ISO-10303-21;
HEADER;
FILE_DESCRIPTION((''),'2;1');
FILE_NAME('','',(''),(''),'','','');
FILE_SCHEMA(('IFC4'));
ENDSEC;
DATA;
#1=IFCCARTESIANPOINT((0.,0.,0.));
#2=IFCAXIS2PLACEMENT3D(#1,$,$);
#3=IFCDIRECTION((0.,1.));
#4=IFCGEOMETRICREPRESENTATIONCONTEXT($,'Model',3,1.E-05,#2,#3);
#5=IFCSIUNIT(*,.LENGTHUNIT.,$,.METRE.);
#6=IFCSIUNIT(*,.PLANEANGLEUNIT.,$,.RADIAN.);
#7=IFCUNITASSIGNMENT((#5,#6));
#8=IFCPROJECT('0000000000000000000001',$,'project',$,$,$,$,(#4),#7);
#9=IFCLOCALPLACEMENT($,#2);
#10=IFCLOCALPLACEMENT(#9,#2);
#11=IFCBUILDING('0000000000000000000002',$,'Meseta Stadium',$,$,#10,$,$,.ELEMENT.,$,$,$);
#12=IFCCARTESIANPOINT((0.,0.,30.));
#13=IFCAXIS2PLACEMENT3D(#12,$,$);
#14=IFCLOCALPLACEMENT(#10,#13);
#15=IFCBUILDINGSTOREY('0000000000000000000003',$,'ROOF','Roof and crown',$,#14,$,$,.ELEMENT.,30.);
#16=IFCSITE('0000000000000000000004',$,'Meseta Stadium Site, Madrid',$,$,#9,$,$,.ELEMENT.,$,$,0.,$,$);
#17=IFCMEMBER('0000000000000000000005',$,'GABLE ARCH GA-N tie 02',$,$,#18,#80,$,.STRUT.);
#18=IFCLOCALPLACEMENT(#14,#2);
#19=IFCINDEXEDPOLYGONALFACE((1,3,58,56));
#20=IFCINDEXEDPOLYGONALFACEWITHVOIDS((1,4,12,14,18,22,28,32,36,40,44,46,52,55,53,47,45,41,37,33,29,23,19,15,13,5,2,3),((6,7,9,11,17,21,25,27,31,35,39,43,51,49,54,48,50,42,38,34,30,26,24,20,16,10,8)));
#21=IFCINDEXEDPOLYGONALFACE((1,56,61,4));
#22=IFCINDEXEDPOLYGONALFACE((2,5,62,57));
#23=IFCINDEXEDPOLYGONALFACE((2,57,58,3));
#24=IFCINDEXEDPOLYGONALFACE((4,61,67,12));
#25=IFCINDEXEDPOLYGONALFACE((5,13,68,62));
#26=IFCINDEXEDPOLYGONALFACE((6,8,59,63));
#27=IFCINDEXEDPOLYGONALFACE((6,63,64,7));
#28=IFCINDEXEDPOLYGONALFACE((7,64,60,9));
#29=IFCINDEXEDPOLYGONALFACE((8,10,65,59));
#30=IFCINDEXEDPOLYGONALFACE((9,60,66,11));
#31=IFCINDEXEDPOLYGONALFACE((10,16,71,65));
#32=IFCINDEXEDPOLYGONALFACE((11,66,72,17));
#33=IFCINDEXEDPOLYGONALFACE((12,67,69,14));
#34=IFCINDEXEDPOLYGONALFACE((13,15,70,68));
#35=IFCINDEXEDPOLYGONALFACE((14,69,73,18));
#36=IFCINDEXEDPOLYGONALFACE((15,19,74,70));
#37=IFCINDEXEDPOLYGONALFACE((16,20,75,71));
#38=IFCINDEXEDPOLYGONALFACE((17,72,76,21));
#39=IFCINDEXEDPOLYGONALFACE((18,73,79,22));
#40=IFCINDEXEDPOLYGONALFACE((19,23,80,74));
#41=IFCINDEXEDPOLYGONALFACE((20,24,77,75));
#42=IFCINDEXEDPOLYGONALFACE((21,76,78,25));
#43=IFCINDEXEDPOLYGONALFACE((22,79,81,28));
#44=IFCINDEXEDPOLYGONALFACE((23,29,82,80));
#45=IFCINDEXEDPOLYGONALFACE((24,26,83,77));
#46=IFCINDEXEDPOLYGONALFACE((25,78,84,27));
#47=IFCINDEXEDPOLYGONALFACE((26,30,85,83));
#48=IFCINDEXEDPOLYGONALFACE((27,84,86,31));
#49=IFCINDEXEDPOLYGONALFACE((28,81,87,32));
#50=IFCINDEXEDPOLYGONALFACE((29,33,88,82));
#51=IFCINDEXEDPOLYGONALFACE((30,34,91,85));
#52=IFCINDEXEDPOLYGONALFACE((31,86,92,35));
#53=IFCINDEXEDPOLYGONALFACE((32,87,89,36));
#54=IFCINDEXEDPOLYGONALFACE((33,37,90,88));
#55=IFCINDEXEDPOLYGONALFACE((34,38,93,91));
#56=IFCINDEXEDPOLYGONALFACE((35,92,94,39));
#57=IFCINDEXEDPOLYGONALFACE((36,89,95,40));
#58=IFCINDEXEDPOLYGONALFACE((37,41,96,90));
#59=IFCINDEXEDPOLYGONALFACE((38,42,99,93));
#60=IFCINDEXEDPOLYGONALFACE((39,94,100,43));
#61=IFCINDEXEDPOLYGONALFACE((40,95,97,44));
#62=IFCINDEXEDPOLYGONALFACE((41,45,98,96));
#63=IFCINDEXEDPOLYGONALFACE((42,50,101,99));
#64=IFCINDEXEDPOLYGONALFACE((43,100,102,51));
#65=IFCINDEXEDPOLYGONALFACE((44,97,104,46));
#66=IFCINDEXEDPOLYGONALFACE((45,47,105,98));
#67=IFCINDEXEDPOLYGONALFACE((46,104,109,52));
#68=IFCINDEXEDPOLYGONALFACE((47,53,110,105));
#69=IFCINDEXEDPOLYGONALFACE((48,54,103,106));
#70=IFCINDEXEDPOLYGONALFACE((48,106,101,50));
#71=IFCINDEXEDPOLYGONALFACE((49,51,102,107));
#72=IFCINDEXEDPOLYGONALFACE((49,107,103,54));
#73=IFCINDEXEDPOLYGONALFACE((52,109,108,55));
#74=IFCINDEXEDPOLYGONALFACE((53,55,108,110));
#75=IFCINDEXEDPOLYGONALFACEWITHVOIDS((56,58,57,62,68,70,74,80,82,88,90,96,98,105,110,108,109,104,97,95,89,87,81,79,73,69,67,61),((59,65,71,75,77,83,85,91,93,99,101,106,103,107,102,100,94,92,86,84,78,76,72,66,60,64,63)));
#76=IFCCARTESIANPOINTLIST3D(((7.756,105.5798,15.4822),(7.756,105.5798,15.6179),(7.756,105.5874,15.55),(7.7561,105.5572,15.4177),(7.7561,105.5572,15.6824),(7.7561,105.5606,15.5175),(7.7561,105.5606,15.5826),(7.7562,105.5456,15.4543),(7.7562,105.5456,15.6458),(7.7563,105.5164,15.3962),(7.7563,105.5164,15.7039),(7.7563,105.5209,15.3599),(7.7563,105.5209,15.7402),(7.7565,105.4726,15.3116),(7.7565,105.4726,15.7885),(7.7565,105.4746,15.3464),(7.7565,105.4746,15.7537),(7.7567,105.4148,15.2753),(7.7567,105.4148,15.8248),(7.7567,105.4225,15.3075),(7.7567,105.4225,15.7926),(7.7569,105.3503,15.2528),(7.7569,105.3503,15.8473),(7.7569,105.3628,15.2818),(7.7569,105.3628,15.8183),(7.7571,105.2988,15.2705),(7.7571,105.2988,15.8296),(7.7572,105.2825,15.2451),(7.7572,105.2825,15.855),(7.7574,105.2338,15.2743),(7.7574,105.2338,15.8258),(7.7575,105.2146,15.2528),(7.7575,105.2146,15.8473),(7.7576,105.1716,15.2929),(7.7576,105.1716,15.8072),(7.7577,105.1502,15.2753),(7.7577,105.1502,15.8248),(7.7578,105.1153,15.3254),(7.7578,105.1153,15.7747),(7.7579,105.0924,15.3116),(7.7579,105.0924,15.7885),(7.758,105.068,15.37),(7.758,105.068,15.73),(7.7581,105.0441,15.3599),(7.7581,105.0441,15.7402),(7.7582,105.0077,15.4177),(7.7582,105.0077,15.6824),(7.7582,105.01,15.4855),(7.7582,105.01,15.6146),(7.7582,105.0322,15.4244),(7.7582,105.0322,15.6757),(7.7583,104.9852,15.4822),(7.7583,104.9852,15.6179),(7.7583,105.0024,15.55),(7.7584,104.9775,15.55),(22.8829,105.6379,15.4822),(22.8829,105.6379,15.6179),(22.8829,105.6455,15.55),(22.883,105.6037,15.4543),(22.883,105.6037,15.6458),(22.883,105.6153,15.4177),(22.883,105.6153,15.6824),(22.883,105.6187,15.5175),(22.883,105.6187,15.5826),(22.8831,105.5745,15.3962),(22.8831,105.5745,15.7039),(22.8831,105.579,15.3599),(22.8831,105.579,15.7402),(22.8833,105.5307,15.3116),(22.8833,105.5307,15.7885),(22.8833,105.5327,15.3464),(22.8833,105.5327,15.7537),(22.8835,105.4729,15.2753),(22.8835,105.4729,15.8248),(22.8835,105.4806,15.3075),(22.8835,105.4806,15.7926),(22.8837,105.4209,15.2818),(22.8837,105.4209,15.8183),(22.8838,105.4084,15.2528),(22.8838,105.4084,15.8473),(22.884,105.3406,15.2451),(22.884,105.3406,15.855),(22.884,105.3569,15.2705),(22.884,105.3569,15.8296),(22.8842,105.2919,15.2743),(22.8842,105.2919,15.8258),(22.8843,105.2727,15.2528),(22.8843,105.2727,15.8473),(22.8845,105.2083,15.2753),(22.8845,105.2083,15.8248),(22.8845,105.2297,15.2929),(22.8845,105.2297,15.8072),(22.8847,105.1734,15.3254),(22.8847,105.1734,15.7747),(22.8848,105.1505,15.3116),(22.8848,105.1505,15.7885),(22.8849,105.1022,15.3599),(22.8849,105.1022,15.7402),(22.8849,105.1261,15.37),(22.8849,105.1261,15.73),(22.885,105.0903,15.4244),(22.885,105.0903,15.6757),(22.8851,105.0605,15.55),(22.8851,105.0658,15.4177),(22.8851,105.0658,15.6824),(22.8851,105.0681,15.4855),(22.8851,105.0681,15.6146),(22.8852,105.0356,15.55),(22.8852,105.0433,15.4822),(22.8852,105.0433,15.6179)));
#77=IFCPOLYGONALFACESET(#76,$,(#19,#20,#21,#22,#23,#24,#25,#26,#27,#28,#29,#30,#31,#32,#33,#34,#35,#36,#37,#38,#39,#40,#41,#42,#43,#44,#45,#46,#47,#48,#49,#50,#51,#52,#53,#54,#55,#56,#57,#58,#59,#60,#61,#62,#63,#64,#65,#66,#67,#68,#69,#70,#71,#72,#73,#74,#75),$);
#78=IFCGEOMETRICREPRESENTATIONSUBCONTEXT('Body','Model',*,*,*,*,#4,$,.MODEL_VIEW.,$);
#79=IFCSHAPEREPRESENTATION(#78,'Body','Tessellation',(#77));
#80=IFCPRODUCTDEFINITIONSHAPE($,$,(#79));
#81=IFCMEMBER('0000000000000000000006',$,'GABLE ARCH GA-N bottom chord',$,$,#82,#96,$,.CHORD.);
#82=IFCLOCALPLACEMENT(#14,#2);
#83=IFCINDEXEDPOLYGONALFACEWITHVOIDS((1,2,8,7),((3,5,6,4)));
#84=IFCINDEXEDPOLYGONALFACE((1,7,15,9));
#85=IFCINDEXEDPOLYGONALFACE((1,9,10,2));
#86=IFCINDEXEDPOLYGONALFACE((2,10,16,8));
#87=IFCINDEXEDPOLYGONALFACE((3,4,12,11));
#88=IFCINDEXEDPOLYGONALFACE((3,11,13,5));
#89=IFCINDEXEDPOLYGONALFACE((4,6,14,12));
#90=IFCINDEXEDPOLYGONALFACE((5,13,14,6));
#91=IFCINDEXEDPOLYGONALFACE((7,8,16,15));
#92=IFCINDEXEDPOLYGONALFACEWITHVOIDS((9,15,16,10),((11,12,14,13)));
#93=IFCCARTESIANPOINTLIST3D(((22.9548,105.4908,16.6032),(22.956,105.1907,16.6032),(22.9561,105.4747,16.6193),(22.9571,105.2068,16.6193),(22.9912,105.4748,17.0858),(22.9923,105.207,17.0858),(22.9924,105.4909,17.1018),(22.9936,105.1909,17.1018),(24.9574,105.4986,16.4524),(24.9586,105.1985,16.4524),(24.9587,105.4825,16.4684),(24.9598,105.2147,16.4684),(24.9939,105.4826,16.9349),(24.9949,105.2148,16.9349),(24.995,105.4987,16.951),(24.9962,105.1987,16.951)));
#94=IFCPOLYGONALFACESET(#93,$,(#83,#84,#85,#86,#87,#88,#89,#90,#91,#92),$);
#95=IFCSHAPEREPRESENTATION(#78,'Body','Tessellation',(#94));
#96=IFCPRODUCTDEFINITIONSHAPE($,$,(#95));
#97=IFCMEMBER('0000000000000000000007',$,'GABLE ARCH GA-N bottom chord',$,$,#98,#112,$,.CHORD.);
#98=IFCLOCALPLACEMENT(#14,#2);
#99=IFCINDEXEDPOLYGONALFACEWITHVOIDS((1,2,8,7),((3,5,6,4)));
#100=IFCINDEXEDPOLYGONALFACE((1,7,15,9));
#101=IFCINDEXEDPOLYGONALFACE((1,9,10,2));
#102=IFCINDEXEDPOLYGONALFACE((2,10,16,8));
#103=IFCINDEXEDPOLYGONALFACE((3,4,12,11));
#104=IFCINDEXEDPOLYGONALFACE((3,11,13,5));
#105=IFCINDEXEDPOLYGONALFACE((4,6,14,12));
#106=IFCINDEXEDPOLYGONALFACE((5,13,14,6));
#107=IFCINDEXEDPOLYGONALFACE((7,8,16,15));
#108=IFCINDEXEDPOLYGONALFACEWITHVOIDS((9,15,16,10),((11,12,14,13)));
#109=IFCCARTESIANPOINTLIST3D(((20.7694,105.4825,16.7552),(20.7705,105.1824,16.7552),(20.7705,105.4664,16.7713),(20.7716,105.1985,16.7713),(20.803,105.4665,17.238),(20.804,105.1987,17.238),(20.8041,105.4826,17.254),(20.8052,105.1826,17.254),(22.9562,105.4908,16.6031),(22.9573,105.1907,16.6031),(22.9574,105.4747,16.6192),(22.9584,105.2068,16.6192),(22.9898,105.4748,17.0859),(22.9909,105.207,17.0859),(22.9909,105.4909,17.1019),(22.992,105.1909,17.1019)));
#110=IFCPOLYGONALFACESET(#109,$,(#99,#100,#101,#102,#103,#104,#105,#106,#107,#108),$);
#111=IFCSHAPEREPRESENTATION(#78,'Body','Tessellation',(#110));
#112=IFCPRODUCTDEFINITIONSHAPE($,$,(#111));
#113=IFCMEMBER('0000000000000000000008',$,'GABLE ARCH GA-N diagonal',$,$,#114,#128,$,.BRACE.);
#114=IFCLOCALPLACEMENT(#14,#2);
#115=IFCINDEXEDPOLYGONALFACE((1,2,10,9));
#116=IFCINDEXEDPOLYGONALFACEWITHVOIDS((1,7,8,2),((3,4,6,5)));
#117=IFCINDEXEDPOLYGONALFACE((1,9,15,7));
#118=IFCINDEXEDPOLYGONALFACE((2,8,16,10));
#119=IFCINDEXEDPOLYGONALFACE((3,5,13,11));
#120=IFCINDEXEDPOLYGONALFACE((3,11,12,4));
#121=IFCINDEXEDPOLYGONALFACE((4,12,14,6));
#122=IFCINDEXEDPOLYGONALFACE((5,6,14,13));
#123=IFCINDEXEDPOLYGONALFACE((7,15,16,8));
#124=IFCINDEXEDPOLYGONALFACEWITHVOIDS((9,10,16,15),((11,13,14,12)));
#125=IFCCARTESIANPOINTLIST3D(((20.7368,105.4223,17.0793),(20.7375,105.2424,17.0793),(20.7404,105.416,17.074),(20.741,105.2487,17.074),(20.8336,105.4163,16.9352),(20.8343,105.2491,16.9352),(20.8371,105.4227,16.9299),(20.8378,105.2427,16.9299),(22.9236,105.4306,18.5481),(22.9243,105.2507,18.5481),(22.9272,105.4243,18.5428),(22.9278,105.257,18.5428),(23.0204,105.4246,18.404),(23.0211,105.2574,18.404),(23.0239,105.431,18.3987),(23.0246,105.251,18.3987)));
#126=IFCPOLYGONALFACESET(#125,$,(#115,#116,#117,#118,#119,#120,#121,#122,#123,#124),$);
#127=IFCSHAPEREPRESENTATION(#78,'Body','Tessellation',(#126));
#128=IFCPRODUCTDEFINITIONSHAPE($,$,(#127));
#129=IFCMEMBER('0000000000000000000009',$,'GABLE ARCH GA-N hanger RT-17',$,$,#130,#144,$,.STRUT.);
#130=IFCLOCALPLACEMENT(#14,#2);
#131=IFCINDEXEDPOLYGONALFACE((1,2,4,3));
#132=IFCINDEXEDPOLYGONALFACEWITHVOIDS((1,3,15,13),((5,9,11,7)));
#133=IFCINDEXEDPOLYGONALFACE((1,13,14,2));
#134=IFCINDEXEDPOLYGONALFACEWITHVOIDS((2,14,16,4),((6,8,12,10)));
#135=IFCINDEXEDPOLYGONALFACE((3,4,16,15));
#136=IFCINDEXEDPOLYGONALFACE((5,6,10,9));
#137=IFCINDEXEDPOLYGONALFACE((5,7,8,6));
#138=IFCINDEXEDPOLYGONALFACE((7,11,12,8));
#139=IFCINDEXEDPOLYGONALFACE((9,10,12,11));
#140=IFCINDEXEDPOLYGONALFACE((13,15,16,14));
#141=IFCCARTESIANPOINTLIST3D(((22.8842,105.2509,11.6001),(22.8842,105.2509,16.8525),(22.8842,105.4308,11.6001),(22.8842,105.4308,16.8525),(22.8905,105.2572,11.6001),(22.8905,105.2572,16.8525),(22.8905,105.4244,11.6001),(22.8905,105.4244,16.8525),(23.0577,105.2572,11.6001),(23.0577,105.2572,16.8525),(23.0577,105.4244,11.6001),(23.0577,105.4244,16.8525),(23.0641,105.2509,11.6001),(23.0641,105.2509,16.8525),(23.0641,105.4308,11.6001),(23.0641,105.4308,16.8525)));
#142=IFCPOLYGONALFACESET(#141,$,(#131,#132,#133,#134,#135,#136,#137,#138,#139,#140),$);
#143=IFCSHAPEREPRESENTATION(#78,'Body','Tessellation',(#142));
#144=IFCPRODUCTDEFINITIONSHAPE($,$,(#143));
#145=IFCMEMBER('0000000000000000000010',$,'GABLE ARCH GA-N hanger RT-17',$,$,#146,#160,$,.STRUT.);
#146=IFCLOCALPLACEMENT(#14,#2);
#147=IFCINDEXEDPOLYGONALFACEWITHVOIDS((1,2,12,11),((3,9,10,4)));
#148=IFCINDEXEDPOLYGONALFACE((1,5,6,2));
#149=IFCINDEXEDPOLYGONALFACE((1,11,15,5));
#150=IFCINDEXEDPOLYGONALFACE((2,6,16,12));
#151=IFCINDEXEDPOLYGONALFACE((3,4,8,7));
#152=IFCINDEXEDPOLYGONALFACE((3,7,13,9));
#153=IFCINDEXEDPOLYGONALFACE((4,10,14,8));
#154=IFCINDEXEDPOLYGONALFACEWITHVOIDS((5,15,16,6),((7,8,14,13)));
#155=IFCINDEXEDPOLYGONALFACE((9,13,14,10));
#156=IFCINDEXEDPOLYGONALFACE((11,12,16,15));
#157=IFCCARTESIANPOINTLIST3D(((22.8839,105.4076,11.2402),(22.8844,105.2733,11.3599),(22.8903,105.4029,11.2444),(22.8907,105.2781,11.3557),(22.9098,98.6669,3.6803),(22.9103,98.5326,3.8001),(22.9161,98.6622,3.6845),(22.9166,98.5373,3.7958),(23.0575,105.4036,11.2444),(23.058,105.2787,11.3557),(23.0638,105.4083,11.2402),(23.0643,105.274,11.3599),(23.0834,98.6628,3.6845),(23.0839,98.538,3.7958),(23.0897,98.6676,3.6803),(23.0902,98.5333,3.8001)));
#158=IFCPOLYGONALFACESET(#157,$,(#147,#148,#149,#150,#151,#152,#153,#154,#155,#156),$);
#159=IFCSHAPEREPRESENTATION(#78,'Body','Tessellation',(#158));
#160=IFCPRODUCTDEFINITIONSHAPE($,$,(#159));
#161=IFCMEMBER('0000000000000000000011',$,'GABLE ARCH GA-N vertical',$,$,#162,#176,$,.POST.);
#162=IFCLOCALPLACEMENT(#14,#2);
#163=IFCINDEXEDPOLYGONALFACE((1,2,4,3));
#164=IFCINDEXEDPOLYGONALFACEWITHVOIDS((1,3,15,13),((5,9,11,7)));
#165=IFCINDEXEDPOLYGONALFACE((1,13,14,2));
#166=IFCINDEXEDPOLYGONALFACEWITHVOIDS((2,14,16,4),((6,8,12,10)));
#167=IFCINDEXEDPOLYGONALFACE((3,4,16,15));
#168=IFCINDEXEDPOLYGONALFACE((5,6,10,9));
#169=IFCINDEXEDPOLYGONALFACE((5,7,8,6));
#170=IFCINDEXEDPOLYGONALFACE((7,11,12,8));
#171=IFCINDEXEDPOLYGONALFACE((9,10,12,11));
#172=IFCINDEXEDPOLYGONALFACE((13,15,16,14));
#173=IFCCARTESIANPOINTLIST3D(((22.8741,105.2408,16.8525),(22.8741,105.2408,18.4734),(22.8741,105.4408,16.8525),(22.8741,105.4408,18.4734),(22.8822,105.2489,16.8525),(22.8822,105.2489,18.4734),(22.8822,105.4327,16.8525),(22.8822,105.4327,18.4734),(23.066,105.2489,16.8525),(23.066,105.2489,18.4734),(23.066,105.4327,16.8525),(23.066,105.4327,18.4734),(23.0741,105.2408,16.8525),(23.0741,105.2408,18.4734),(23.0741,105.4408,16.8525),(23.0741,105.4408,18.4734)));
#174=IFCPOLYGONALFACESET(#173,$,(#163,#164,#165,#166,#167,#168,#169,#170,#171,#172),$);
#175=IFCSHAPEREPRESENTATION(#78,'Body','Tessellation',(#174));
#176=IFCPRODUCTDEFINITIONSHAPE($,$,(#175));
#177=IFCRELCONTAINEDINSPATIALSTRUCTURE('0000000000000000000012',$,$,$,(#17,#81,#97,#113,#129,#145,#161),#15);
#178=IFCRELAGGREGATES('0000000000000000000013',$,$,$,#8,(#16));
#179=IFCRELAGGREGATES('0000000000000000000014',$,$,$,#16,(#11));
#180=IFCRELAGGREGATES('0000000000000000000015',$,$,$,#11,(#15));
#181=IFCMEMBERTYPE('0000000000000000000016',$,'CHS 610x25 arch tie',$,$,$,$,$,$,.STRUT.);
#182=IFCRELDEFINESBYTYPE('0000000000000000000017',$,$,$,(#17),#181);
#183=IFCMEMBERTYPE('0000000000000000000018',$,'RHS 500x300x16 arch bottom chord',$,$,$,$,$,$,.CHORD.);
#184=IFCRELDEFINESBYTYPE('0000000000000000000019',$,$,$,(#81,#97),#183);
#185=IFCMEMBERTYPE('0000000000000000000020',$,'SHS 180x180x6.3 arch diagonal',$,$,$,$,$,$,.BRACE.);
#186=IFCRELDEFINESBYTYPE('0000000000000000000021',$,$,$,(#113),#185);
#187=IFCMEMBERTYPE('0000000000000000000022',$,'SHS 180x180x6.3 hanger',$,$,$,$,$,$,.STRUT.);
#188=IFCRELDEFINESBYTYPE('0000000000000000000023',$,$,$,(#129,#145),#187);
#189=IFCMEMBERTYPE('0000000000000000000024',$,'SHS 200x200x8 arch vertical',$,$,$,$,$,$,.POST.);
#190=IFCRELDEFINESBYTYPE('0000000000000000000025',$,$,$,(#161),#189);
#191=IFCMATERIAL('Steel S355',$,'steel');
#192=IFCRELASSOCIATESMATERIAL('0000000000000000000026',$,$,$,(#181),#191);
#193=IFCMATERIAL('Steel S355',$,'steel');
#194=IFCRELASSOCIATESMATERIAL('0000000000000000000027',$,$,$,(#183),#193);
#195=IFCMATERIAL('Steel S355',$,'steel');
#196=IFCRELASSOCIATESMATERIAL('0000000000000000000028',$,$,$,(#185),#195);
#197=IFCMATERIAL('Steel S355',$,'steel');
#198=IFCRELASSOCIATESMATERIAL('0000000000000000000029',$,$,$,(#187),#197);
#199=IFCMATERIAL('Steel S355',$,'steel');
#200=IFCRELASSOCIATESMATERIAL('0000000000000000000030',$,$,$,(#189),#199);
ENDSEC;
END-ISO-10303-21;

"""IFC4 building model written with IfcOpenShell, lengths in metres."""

from ifc_helpers import new_model, si_unit, direction, frame, origin, origin_2d, place, context, subcontext, project, spatial, hollow_rectangle, hollow_circle, extrude, material, material_profile, profile_set, type_object, element, save


model = new_model("IFC4")

# Units and contexts
model_context = context("Model", 3, precision=1e-05, world=origin(), true_north=direction((0.0, 1.0)))
body_context = subcontext(model_context, "Body", "Model", "MODEL_VIEW")
ifc_project = project(units=[si_unit("LENGTHUNIT", "METRE"), si_unit("PLANEANGLEUNIT", "RADIAN")], contexts=[model_context])

# Site, building, storey
site_placement = place(None, origin())
site = spatial("IfcSite", under=ifc_project, at=site_placement, Name="Meseta Stadium Site, Madrid", CompositionType="ELEMENT", RefElevation=0.0)
building_placement = place(site_placement, origin())
building = spatial("IfcBuilding", under=site, at=building_placement, Name="Meseta Stadium", CompositionType="ELEMENT")
storey_placement = place(building_placement, frame((0.0, 0.0, 30.0)))
storey = spatial("IfcBuildingStorey", under=building, at=storey_placement, Name="ROOF", Description="Roof and crown", CompositionType="ELEMENT", Elevation=30.0)

# Members
ifc_material_1 = material(Name="Steel S355", Category="steel")
ifc_material_profile_1 = material_profile(ifc_material_1, hollow_circle(Radius=0.3049, WallThickness=0.0249, at=origin_2d()), Name="CHS 610x25")
ifc_profile_set_1 = profile_set([ifc_material_profile_1], Name="Steel S355")
member_type_1 = type_object("IfcMemberType", Name="CHS 610x25 arch tie", PredefinedType="STRUT", material=ifc_profile_set_1)
member_1_placement = place(storey_placement, frame((22.884, 105.3406, 15.55), z_axis=(-0.999993, -0.003841, 0.0), x_axis=(0.003841, -0.999993, 0.0)))
element("IfcMember", 1, at=member_1_placement, inside=storey, type_object=member_type_1, Name="GABLE ARCH GA-N tie 02", PredefinedType="STRUT", context=body_context, shape_type="SweptSolid", body=[
    extrude(hollow_circle(Radius=0.3049, WallThickness=0.0249, at=origin_2d()), origin(), (0.0, 0.0, 1.0), 15.127),
])
ifc_material_2 = material(Name="Steel S355", Category="steel")
ifc_material_profile_2 = material_profile(ifc_material_2, hollow_rectangle(XDim=0.3, YDim=0.5, WallThickness=0.0161, at=origin_2d()), Name="RHS 500x300x16")
ifc_profile_set_2 = profile_set([ifc_material_profile_2], Name="Steel S355")
member_type_2 = type_object("IfcMemberType", Name="RHS 500x300x16 arch bottom chord", PredefinedType="CHORD", material=ifc_profile_set_2)
member_2_placement = place(storey_placement, frame((24.9768, 105.3486, 16.7017), z_axis=(-0.997167, -0.00389, 0.075125), x_axis=(0.003901, -0.999992, 0.0)))
element("IfcMember", 2, at=member_2_placement, inside=storey, type_object=member_type_2, Name="GABLE ARCH GA-N bottom chord", PredefinedType="CHORD", context=body_context, shape_type="SweptSolid", body=[
    extrude(hollow_rectangle(XDim=0.3, YDim=0.5, WallThickness=0.0161, at=origin_2d()), origin(), (0.0, 0.0, 1.0), 2.0083),
])
member_3_placement = place(storey_placement, frame((22.9741, 105.3408, 16.8525), z_axis=(-0.997583, -0.003787, 0.069386), x_axis=(0.003796, -0.999993, 0.0)))
element("IfcMember", 3, at=member_3_placement, inside=storey, type_object=member_type_2, Name="GABLE ARCH GA-N bottom chord", PredefinedType="CHORD", context=body_context, shape_type="SweptSolid", body=[
    extrude(hollow_rectangle(XDim=0.3, YDim=0.5, WallThickness=0.0161, at=origin_2d()), origin(), (0.0, 0.0, 1.0), 2.1921),
])
ifc_material_3 = material(Name="Steel S355", Category="steel")
ifc_material_profile_3 = material_profile(ifc_material_3, hollow_rectangle(XDim=0.1799, YDim=0.1799, WallThickness=0.0063, at=origin_2d()), Name="SHS 180x180x6.3")
ifc_profile_set_3 = profile_set([ifc_material_profile_3], Name="Steel S355")
member_type_3 = type_object("IfcMemberType", Name="SHS 180x180x6.3 arch diagonal", PredefinedType="BRACE", material=ifc_profile_set_3)
member_4_placement = place(storey_placement, frame((22.9741, 105.3408, 18.4734), z_axis=(-0.830131, -0.003151, -0.55756), x_axis=(0.003796, -0.999993, 0.0)))
element("IfcMember", 4, at=member_4_placement, inside=storey, type_object=member_type_3, Name="GABLE ARCH GA-N diagonal", PredefinedType="BRACE", context=body_context, shape_type="SweptSolid", body=[
    extrude(hollow_rectangle(XDim=0.1799, YDim=0.1799, WallThickness=0.0063, at=origin_2d()), origin(), (0.0, 0.0, 1.0), 2.6343),
])
ifc_material_4 = material(Name="Steel S355", Category="steel")
ifc_material_profile_4 = material_profile(ifc_material_4, hollow_rectangle(XDim=0.1799, YDim=0.1799, WallThickness=0.0063, at=origin_2d()), Name="SHS 180x180x6.3")
ifc_profile_set_4 = profile_set([ifc_material_profile_4], Name="Steel S355")
member_type_4 = type_object("IfcMemberType", Name="SHS 180x180x6.3 hanger", PredefinedType="STRUT", material=ifc_profile_set_4)
member_5_placement = place(storey_placement, frame((22.9741, 105.3408, 16.8525), z_axis=(0.0, 0.0, -1.0), x_axis=(1.0, 0.0, 0.0)))
element("IfcMember", 5, at=member_5_placement, inside=storey, type_object=member_type_4, Name="GABLE ARCH GA-N hanger RT-17", PredefinedType="STRUT", context=body_context, shape_type="SweptSolid", body=[
    extrude(hollow_rectangle(XDim=0.1799, YDim=0.1799, WallThickness=0.0063, at=origin_2d()), origin(), (0.0, 0.0, 1.0), 5.2524),
])
member_6_placement = place(storey_placement, frame((22.9741, 105.3408, 11.3), z_axis=(0.002555, -0.665513, -0.746382), x_axis=(0.999993, 0.003839, 0.0)))
element("IfcMember", 6, at=member_6_placement, inside=storey, type_object=member_type_4, Name="GABLE ARCH GA-N hanger RT-17", PredefinedType="STRUT", context=body_context, shape_type="SweptSolid", body=[
    extrude(hollow_rectangle(XDim=0.1799, YDim=0.1799, WallThickness=0.0063, at=origin_2d()), origin(), (0.0, 0.0, 1.0), 10.1287),
])
ifc_material_5 = material(Name="Steel S355", Category="steel")
ifc_material_profile_5 = material_profile(ifc_material_5, hollow_rectangle(XDim=0.2, YDim=0.2, WallThickness=0.0081, at=origin_2d()), Name="SHS 200x200x8")
ifc_profile_set_5 = profile_set([ifc_material_profile_5], Name="Steel S355")
member_type_5 = type_object("IfcMemberType", Name="SHS 200x200x8 arch vertical", PredefinedType="POST", material=ifc_profile_set_5)
member_7_placement = place(storey_placement, frame((22.9741, 105.3408, 16.8525), z_axis=(0.0, 0.0, 1.0), x_axis=(1.0, 0.0, 0.0)))
element("IfcMember", 7, at=member_7_placement, inside=storey, type_object=member_type_5, Name="GABLE ARCH GA-N vertical", PredefinedType="POST", context=body_context, shape_type="SweptSolid", body=[
    extrude(hollow_rectangle(XDim=0.2, YDim=0.2, WallThickness=0.0081, at=origin_2d()), origin(), (0.0, 0.0, 1.0), 1.6208),
])

save(model, "model.ifc")
